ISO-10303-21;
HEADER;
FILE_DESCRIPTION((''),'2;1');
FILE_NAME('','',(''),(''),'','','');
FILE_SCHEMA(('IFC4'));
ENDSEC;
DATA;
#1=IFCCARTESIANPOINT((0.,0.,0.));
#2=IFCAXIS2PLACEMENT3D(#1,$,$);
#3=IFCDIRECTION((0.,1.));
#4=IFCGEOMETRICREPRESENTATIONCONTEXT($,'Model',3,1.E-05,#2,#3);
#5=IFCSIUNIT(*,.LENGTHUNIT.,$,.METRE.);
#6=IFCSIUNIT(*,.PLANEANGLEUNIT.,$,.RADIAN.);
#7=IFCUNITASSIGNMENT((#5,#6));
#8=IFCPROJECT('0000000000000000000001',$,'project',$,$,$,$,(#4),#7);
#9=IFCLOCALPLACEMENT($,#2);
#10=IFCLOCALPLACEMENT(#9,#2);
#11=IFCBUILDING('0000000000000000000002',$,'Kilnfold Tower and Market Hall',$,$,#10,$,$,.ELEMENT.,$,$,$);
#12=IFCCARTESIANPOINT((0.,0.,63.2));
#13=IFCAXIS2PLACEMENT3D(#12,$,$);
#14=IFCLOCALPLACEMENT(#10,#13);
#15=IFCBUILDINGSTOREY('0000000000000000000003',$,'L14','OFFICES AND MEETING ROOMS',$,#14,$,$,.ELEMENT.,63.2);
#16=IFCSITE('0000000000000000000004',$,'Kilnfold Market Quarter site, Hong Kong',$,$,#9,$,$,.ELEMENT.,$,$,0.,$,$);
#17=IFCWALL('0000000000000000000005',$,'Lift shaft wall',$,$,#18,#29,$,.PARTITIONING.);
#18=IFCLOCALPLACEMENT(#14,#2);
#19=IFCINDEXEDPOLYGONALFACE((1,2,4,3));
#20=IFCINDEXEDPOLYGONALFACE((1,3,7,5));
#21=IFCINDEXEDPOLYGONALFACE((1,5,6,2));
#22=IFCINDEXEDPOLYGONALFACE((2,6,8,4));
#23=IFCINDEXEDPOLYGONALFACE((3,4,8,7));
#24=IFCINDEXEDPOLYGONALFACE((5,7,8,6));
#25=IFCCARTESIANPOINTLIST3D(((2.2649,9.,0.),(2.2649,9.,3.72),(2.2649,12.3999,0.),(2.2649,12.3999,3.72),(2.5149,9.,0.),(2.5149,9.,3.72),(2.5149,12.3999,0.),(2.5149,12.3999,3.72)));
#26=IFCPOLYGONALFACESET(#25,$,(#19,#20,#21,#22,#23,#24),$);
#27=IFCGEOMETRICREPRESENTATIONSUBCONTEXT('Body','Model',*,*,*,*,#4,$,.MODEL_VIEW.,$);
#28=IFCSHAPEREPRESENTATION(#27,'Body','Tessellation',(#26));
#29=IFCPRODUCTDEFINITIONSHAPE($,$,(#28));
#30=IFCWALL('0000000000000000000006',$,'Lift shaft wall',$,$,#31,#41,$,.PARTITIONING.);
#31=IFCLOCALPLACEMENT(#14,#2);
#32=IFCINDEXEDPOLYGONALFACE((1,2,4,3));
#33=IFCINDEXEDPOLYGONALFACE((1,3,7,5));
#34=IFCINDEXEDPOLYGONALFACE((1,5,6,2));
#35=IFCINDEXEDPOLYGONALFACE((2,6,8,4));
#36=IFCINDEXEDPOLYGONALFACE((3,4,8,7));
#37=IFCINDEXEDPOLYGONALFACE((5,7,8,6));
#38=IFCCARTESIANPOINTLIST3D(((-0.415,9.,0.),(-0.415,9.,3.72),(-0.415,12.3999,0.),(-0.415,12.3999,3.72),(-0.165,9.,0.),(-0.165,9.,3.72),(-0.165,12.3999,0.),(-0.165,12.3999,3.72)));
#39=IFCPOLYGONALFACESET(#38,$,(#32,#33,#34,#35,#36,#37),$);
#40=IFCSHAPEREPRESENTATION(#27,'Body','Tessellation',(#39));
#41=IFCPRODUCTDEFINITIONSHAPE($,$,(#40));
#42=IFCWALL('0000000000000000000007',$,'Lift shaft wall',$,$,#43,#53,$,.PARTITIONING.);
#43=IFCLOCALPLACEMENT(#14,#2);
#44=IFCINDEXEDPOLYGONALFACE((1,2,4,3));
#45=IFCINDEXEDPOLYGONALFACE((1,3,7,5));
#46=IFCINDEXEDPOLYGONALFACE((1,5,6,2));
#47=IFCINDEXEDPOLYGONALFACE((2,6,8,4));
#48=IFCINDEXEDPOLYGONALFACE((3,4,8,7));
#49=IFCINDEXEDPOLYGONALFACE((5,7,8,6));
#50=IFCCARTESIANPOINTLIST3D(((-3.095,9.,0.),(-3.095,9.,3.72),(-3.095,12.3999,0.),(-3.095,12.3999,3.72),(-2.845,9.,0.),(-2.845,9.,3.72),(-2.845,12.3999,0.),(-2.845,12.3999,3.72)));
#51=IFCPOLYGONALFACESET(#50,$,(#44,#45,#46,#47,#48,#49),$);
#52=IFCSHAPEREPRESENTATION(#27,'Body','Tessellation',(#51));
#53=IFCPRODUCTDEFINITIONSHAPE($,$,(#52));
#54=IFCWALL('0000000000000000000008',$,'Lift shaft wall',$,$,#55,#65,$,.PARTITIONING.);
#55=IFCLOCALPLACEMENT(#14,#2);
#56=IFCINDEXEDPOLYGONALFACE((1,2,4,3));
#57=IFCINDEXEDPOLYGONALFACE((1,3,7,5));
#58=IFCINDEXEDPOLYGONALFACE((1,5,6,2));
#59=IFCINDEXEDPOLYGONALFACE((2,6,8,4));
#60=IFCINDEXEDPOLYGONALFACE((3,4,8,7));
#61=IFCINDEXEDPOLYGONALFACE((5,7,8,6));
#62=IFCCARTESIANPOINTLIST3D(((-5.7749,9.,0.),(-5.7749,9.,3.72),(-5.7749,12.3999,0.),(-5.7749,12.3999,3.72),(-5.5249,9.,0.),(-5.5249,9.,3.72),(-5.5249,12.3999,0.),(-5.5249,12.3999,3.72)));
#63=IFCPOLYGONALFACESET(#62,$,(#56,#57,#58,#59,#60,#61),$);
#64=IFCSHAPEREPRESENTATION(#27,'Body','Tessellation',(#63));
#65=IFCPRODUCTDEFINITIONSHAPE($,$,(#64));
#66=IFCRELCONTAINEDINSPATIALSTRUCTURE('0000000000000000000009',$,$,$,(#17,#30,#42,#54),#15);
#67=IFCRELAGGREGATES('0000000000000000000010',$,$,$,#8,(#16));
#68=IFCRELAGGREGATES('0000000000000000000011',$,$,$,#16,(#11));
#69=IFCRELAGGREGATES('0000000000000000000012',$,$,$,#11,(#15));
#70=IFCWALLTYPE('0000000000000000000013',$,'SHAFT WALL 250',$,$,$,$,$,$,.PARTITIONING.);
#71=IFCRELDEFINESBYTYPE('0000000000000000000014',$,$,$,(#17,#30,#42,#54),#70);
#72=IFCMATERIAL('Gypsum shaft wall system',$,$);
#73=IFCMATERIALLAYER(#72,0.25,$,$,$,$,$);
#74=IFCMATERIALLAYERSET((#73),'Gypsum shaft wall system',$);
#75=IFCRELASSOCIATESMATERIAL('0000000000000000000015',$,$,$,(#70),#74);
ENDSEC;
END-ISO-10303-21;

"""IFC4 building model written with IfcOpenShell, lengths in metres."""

from ifc_helpers import new_model, si_unit, direction, frame, frame_2d, origin, place, context, subcontext, project, spatial, rectangle, extrude, source, transform, mapped, material, layer, layer_set, type_object, element, save


model = new_model("IFC4")

# Units and contexts
model_context = context("Model", 3, precision=1e-05, world=origin(), true_north=direction((0.0, 1.0)))
body_context = subcontext(model_context, "Body", "Model", "MODEL_VIEW")
ifc_project = project(units=[si_unit("LENGTHUNIT", "METRE"), si_unit("PLANEANGLEUNIT", "RADIAN")], contexts=[model_context])

# Site, building, storey
site_placement = place(None, origin())
site = spatial("IfcSite", under=ifc_project, at=site_placement, Name="Kilnfold Market Quarter site, Hong Kong", CompositionType="ELEMENT", RefElevation=0.0)
building_placement = place(site_placement, origin())
building = spatial("IfcBuilding", under=site, at=building_placement, Name="Kilnfold Tower and Market Hall", CompositionType="ELEMENT")
storey_placement = place(building_placement, frame((0.0, 0.0, 63.2)))
storey = spatial("IfcBuildingStorey", under=building, at=storey_placement, Name="L14", Description="OFFICES AND MEETING ROOMS", CompositionType="ELEMENT", Elevation=63.2)

# Walls
ifc_material_1 = material(Name="Gypsum shaft wall system")
ifc_layer_1 = layer(ifc_material_1, 0.25)
ifc_layer_set_1 = layer_set([ifc_layer_1], Name="Gypsum shaft wall system")
wall_type_1 = type_object("IfcWallType", Name="SHAFT WALL 250", PredefinedType="PARTITIONING", material=ifc_layer_set_1)
shared_shape_1 = source(origin(), body_context, "Body", "SweptSolid", [
    extrude(rectangle(XDim=3.3999, YDim=0.25, at=frame_2d((1.7, 0.0))), origin(), (0.0, 0.0, 1.0), 3.72),
])
for number, where, z_axis, x_axis, name in (
    (1, (2.3899, 9.0, 0.0), (0.0, 0.0, 1.0), (0.0, 1.0, 0.0), "Lift shaft wall"),
    (2, (-0.29, 9.0, 0.0), (0.0, 0.0, 1.0), (0.0, 1.0, 0.0), "Lift shaft wall"),
    (3, (-2.97, 9.0, 0.0), (0.0, 0.0, 1.0), (0.0, 1.0, 0.0), "Lift shaft wall"),
    (4, (-5.6499, 9.0, 0.0), (0.0, 0.0, 1.0), (0.0, 1.0, 0.0), "Lift shaft wall"),
):
    element("IfcWall", number, at=place(storey_placement, frame(where, z_axis=z_axis, x_axis=x_axis)), inside=storey, type_object=wall_type_1, Name=name, PredefinedType="PARTITIONING", context=body_context, shape_type="MappedRepresentation", body=[
        mapped(shared_shape_1, transform((0.0, 0.0, 0.0))),
    ])

save(model, "model.ifc")
